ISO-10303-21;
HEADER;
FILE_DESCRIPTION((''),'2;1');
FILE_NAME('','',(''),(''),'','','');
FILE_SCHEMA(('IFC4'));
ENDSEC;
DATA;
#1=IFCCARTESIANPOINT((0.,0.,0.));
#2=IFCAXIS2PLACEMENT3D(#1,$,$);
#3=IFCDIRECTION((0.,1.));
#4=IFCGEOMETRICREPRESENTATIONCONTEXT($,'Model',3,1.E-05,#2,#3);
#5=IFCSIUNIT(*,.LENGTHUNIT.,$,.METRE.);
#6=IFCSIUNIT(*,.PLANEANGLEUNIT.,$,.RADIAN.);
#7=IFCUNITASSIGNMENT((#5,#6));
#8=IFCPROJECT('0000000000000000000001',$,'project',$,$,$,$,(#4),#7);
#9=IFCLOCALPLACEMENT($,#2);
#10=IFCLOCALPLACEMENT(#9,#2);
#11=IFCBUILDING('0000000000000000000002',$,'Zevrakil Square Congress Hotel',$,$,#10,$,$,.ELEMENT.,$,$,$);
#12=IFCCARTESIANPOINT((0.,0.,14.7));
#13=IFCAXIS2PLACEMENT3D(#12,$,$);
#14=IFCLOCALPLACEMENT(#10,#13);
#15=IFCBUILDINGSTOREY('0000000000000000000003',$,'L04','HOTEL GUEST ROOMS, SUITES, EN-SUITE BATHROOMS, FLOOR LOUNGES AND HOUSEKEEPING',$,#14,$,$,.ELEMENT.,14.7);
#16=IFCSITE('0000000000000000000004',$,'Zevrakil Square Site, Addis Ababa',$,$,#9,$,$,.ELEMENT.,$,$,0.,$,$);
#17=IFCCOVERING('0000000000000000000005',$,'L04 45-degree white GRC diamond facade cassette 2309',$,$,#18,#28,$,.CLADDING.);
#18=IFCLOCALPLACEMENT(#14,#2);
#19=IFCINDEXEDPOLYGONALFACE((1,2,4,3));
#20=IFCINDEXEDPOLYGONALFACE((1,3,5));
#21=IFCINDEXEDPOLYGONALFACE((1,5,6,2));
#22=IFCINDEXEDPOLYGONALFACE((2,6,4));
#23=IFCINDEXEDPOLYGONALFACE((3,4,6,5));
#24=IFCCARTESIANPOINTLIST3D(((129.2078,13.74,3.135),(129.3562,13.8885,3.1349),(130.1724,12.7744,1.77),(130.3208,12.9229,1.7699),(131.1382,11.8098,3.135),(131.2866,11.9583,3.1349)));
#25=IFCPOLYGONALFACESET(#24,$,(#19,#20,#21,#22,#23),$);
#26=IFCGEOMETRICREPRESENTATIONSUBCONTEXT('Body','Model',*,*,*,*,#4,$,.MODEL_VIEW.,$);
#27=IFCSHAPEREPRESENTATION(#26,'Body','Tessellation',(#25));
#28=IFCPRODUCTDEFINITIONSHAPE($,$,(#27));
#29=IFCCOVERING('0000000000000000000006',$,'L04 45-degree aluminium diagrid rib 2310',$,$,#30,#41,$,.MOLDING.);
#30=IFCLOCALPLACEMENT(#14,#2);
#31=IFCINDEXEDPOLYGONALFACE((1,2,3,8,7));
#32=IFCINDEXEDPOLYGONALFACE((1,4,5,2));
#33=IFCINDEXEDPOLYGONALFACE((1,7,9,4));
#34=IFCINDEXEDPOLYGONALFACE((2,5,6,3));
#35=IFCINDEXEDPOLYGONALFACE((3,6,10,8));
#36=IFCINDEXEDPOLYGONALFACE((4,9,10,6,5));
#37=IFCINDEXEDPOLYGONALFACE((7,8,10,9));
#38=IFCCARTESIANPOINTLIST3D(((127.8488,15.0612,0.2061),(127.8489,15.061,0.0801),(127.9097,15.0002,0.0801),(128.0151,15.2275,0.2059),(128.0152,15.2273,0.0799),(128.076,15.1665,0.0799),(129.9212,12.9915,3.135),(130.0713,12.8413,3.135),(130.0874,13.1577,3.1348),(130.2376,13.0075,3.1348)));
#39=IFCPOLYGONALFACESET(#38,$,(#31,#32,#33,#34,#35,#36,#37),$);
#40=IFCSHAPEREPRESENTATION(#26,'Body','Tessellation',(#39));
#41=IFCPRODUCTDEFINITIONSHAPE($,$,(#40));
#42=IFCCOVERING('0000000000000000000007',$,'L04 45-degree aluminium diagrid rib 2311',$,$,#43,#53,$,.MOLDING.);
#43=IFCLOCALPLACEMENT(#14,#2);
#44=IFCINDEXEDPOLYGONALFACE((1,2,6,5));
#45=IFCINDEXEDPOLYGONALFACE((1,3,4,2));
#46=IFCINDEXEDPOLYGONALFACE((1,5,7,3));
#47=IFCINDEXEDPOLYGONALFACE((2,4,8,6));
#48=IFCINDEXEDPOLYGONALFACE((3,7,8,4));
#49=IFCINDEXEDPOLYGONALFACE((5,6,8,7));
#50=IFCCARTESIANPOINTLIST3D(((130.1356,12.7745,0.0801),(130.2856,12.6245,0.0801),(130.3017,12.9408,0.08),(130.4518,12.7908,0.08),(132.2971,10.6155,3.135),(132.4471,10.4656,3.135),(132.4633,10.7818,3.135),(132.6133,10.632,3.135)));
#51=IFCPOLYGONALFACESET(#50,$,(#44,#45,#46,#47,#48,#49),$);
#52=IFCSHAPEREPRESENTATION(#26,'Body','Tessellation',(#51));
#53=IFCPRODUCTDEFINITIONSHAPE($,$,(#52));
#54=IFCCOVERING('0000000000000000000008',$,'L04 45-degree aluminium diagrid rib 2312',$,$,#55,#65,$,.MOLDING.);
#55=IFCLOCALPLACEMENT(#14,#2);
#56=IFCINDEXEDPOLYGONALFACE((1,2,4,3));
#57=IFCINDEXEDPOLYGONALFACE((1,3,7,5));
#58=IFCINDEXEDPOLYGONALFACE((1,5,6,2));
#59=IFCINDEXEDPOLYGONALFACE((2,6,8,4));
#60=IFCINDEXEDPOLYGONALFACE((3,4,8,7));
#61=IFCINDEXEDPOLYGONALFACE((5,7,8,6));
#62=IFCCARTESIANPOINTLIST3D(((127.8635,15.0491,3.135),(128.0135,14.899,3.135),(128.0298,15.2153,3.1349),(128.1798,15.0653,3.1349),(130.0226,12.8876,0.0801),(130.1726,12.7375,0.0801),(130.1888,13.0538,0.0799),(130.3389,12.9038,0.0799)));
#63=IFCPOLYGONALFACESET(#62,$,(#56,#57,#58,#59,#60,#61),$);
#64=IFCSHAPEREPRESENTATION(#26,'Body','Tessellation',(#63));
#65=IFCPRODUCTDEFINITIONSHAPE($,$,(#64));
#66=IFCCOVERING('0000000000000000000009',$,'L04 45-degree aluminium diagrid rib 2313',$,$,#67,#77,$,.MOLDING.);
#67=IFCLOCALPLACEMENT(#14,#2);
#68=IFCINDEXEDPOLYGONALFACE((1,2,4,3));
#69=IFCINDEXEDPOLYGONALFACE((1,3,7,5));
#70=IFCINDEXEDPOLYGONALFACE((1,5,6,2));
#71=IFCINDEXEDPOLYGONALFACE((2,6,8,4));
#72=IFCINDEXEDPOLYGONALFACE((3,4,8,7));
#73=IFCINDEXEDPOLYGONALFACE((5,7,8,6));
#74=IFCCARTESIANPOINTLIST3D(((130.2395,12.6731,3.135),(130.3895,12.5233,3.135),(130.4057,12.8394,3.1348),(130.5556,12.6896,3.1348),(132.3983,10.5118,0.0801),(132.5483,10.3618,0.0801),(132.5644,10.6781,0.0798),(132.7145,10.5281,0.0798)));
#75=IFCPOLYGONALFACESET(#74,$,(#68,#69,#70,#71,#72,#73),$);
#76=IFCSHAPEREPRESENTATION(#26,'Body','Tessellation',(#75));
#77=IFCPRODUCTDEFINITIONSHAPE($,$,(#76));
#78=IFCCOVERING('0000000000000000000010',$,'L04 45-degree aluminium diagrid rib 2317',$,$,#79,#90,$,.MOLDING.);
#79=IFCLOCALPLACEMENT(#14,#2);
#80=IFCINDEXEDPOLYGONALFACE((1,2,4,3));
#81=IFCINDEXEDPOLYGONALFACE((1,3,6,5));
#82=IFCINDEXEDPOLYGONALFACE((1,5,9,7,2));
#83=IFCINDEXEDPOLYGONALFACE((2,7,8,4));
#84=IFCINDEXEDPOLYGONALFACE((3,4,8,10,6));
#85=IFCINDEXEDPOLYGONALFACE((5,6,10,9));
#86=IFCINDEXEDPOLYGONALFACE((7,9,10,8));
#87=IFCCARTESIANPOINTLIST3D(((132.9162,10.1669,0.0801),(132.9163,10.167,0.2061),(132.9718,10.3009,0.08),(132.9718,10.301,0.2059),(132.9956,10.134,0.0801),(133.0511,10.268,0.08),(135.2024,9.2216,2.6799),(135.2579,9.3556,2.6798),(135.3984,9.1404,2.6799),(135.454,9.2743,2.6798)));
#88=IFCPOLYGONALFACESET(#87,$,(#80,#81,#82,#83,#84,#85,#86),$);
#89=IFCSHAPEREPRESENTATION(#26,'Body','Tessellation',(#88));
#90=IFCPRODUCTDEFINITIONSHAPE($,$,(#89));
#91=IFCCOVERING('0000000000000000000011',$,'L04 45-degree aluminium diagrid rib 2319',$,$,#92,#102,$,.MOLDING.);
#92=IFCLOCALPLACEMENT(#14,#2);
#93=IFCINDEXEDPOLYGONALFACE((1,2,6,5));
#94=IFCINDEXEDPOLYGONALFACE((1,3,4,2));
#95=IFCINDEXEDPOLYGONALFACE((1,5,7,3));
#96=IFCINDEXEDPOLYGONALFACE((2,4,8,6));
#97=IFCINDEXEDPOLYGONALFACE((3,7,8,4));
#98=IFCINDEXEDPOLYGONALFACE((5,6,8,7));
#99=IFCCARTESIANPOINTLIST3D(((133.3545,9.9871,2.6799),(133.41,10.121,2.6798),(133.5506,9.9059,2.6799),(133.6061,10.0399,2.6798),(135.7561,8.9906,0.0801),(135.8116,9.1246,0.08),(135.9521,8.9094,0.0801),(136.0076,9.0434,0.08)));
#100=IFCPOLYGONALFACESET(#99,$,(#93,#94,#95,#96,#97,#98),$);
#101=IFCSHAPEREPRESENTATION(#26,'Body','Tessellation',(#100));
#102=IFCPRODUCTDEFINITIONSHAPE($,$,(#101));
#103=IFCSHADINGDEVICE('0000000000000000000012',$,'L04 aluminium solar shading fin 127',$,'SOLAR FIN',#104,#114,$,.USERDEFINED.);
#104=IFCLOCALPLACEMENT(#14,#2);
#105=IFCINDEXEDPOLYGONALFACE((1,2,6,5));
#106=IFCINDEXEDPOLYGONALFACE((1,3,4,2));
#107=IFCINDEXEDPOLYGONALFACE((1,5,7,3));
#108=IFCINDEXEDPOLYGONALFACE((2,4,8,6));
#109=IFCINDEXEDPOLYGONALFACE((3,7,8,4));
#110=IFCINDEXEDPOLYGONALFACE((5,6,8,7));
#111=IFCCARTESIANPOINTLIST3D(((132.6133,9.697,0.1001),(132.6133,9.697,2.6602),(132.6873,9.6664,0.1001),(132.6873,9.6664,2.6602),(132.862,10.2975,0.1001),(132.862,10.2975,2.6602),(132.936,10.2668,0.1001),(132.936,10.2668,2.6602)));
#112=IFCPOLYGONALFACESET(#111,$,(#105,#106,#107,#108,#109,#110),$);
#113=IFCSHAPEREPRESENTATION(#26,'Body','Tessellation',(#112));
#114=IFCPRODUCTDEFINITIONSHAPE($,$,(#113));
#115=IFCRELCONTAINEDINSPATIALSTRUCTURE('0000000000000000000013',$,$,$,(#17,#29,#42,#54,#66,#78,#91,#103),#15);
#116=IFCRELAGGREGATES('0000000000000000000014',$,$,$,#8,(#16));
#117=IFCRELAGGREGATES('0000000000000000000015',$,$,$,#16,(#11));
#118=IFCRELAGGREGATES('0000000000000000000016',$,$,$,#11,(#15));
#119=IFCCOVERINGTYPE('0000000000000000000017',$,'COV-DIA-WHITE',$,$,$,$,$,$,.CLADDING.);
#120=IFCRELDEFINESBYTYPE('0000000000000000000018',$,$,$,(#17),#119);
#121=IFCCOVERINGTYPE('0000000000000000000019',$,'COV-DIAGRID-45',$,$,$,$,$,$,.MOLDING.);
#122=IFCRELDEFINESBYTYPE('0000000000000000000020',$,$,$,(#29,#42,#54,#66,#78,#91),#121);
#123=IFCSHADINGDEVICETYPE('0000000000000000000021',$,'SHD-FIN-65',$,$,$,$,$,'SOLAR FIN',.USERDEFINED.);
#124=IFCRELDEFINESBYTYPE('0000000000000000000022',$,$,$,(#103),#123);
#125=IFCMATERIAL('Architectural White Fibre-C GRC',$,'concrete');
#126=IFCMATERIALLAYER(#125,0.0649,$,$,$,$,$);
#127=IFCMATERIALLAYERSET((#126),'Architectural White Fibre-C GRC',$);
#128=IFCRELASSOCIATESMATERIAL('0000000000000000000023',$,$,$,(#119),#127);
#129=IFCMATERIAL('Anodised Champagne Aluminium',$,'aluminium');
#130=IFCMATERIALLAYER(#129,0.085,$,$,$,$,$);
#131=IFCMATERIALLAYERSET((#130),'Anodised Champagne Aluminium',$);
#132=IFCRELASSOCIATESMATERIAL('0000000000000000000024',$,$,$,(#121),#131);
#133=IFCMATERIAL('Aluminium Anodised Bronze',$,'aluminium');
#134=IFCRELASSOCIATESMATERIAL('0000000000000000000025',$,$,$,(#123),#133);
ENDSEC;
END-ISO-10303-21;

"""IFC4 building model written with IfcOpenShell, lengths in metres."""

from ifc_helpers import new_model, si_unit, direction, frame, origin, origin_2d, place, context, subcontext, project, spatial, polyline, rectangle, outline, extrude, material, layer, layer_set, type_object, element, save


model = new_model("IFC4")

# Units and contexts
model_context = context("Model", 3, precision=1e-05, world=origin(), true_north=direction((0.0, 1.0)))
body_context = subcontext(model_context, "Body", "Model", "MODEL_VIEW")
ifc_project = project(units=[si_unit("LENGTHUNIT", "METRE"), si_unit("PLANEANGLEUNIT", "RADIAN")], contexts=[model_context])

# Site, building, storey
site_placement = place(None, origin())
site = spatial("IfcSite", under=ifc_project, at=site_placement, Name="Zevrakil Square Site, Addis Ababa", CompositionType="ELEMENT", RefElevation=0.0)
building_placement = place(site_placement, origin())
building = spatial("IfcBuilding", under=site, at=building_placement, Name="Zevrakil Square Congress Hotel", CompositionType="ELEMENT")
storey_placement = place(building_placement, frame((0.0, 0.0, 14.7)))
storey = spatial("IfcBuildingStorey", under=building, at=storey_placement, Name="L04", Description="HOTEL GUEST ROOMS, SUITES, EN-SUITE BATHROOMS, FLOOR LOUNGES AND HOUSEKEEPING", CompositionType="ELEMENT", Elevation=14.7)

# Coverings
ifc_material_1 = material(Name="Architectural White Fibre-C GRC", Category="concrete")
ifc_layer_1 = layer(ifc_material_1, 0.0649)
ifc_layer_set_1 = layer_set([ifc_layer_1], Name="Architectural White Fibre-C GRC")
covering_type_1 = type_object("IfcCoveringType", Name="COV-DIA-WHITE", PredefinedType="CLADDING", material=ifc_layer_set_1)
covering_1_placement = place(storey_placement, frame((130.1724, 12.7744, 1.77), z_axis=(-0.707062, -0.707151, 0.000569), x_axis=(-0.49972, 0.500225, 0.707146)))
element("IfcCovering", 1, at=covering_1_placement, inside=storey, type_object=covering_type_1, Name="L04 45-degree white GRC diamond facade cassette 2309", PredefinedType="CLADDING", context=body_context, shape_type="SweptSolid", body=[
    extrude(outline(polyline([(0.0, 0.0), (1.9303, 0.0), (0.0001, -1.9304), (0.0, 0.0)])), origin(), (0.0, 0.0, -1.0), 0.21),
])
ifc_material_2 = material(Name="Anodised Champagne Aluminium", Category="aluminium")
ifc_layer_2 = layer(ifc_material_2, 0.085)
ifc_layer_set_2 = layer_set([ifc_layer_2], Name="Anodised Champagne Aluminium")
covering_type_2 = type_object("IfcCoveringType", Name="COV-DIAGRID-45", PredefinedType="MOLDING", material=ifc_layer_set_2)
covering_2_placement = place(storey_placement, frame((127.9097, 15.0002, 0.0801), z_axis=(-0.707266, -0.706947, 0.000837), x_axis=(-0.706948, 0.707266, 0.0)))
element("IfcCovering", 2, at=covering_2_placement, inside=storey, type_object=covering_type_2, Name="L04 45-degree aluminium diagrid rib 2310", PredefinedType="MOLDING", context=body_context, shape_type="SweptSolid", body=[
    extrude(outline(polyline([(0.0, 0.0), (0.086, 0.0), (0.0861, -0.126), (-2.8428, -3.0549), (-3.0551, -3.0549), (0.0, 0.0)])), origin(), (0.0, 0.0, -1.0), 0.2351),
])
covering_3_placement = place(storey_placement, frame((130.2856, 12.6245, 0.0801), z_axis=(-0.706819, -0.707395, 0.000186), x_axis=(-0.707395, 0.706819, 0.0)))
element("IfcCovering", 3, at=covering_3_placement, inside=storey, type_object=covering_type_2, Name="L04 45-degree aluminium diagrid rib 2311", PredefinedType="MOLDING", context=body_context, shape_type="SweptSolid", body=[
    extrude(outline(polyline([(0.0, 0.0), (0.2122, 0.0), (-2.8429, -3.0549), (-3.0549, -3.0549), (0.0, 0.0)])), origin(), (0.0, 0.0, -1.0), 0.2351),
])
covering_4_placement = place(storey_placement, frame((127.8635, 15.0491, 3.135), z_axis=(-0.707107, -0.707107, 0.000565), x_axis=(0.707107, -0.707107, 0.0)))
element("IfcCovering", 4, at=covering_4_placement, inside=storey, type_object=covering_type_2, Name="L04 45-degree aluminium diagrid rib 2312", PredefinedType="MOLDING", context=body_context, shape_type="SweptSolid", body=[
    extrude(outline(polyline([(0.0, 0.0), (0.2122, 0.0), (3.2673, -3.0549), (3.0551, -3.0549), (0.0, 0.0)])), origin(), (0.0, 0.0, -1.0), 0.2351),
])
covering_5_placement = place(storey_placement, frame((130.2395, 12.6731, 3.135), z_axis=(-0.706819, -0.707394, 0.001), x_axis=(0.707395, -0.706819, 0.0)))
element("IfcCovering", 5, at=covering_5_placement, inside=storey, type_object=covering_type_2, Name="L04 45-degree aluminium diagrid rib 2313", PredefinedType="MOLDING", context=body_context, shape_type="SweptSolid", body=[
    extrude(outline(polyline([(0.0, 0.0), (0.212, 0.0), (3.2669, -3.0549), (3.0547, -3.0549), (0.0, 0.0)])), origin(), (0.0, 0.0, -1.0), 0.2351),
])
covering_6_placement = place(storey_placement, frame((132.9956, 10.134, 0.0801), z_axis=(-0.382904, -0.923788, 0.000818), x_axis=(-0.923788, 0.382904, 0.000001)))
element("IfcCovering", 6, at=covering_6_placement, inside=storey, type_object=covering_type_2, Name="L04 45-degree aluminium diagrid rib 2317", PredefinedType="MOLDING", context=body_context, shape_type="SweptSolid", body=[
    extrude(outline(polyline([(0.0, 0.0), (0.0859, 0.0), (0.0859, -0.126), (-2.3879, -2.5999), (-2.6002, -2.5999), (0.0, 0.0)])), origin(), (0.0, 0.0, -1.0), 0.145),
])
covering_7_placement = place(storey_placement, frame((133.3545, 9.9871, 2.6799), z_axis=(-0.382572, -0.923925, 0.000718), x_axis=(0.923926, -0.382572, 0.0)))
element("IfcCovering", 7, at=covering_7_placement, inside=storey, type_object=covering_type_2, Name="L04 45-degree aluminium diagrid rib 2319", PredefinedType="MOLDING", context=body_context, shape_type="SweptSolid", body=[
    extrude(outline(polyline([(0.0, 0.0), (0.2122, 0.0), (2.8123, -2.5999), (2.6002, -2.5999), (0.0, 0.0)])), origin(), (0.0, 0.0, -1.0), 0.145),
])

# Shading device
ifc_material_3 = material(Name="Aluminium Anodised Bronze", Category="aluminium")
shading_device_type = type_object("IfcShadingDeviceType", Name="SHD-FIN-65", ElementType="SOLAR FIN", PredefinedType="USERDEFINED", material=ifc_material_3)
shading_device_placement = place(storey_placement, frame((132.7747, 9.9819, 0.1001), z_axis=(0.0, 0.0, 1.0), x_axis=(-0.382683, -0.92388, 0.0)))
element("IfcShadingDevice", 8, at=shading_device_placement, inside=storey, type_object=shading_device_type, Name="L04 aluminium solar shading fin 127", ObjectType="SOLAR FIN", PredefinedType="USERDEFINED", context=body_context, shape_type="SweptSolid", body=[
    extrude(rectangle(XDim=0.6499, YDim=0.0801, at=origin_2d()), origin(), (0.0, 0.0, 1.0), 2.5601),
])

save(model, "model.ifc")
